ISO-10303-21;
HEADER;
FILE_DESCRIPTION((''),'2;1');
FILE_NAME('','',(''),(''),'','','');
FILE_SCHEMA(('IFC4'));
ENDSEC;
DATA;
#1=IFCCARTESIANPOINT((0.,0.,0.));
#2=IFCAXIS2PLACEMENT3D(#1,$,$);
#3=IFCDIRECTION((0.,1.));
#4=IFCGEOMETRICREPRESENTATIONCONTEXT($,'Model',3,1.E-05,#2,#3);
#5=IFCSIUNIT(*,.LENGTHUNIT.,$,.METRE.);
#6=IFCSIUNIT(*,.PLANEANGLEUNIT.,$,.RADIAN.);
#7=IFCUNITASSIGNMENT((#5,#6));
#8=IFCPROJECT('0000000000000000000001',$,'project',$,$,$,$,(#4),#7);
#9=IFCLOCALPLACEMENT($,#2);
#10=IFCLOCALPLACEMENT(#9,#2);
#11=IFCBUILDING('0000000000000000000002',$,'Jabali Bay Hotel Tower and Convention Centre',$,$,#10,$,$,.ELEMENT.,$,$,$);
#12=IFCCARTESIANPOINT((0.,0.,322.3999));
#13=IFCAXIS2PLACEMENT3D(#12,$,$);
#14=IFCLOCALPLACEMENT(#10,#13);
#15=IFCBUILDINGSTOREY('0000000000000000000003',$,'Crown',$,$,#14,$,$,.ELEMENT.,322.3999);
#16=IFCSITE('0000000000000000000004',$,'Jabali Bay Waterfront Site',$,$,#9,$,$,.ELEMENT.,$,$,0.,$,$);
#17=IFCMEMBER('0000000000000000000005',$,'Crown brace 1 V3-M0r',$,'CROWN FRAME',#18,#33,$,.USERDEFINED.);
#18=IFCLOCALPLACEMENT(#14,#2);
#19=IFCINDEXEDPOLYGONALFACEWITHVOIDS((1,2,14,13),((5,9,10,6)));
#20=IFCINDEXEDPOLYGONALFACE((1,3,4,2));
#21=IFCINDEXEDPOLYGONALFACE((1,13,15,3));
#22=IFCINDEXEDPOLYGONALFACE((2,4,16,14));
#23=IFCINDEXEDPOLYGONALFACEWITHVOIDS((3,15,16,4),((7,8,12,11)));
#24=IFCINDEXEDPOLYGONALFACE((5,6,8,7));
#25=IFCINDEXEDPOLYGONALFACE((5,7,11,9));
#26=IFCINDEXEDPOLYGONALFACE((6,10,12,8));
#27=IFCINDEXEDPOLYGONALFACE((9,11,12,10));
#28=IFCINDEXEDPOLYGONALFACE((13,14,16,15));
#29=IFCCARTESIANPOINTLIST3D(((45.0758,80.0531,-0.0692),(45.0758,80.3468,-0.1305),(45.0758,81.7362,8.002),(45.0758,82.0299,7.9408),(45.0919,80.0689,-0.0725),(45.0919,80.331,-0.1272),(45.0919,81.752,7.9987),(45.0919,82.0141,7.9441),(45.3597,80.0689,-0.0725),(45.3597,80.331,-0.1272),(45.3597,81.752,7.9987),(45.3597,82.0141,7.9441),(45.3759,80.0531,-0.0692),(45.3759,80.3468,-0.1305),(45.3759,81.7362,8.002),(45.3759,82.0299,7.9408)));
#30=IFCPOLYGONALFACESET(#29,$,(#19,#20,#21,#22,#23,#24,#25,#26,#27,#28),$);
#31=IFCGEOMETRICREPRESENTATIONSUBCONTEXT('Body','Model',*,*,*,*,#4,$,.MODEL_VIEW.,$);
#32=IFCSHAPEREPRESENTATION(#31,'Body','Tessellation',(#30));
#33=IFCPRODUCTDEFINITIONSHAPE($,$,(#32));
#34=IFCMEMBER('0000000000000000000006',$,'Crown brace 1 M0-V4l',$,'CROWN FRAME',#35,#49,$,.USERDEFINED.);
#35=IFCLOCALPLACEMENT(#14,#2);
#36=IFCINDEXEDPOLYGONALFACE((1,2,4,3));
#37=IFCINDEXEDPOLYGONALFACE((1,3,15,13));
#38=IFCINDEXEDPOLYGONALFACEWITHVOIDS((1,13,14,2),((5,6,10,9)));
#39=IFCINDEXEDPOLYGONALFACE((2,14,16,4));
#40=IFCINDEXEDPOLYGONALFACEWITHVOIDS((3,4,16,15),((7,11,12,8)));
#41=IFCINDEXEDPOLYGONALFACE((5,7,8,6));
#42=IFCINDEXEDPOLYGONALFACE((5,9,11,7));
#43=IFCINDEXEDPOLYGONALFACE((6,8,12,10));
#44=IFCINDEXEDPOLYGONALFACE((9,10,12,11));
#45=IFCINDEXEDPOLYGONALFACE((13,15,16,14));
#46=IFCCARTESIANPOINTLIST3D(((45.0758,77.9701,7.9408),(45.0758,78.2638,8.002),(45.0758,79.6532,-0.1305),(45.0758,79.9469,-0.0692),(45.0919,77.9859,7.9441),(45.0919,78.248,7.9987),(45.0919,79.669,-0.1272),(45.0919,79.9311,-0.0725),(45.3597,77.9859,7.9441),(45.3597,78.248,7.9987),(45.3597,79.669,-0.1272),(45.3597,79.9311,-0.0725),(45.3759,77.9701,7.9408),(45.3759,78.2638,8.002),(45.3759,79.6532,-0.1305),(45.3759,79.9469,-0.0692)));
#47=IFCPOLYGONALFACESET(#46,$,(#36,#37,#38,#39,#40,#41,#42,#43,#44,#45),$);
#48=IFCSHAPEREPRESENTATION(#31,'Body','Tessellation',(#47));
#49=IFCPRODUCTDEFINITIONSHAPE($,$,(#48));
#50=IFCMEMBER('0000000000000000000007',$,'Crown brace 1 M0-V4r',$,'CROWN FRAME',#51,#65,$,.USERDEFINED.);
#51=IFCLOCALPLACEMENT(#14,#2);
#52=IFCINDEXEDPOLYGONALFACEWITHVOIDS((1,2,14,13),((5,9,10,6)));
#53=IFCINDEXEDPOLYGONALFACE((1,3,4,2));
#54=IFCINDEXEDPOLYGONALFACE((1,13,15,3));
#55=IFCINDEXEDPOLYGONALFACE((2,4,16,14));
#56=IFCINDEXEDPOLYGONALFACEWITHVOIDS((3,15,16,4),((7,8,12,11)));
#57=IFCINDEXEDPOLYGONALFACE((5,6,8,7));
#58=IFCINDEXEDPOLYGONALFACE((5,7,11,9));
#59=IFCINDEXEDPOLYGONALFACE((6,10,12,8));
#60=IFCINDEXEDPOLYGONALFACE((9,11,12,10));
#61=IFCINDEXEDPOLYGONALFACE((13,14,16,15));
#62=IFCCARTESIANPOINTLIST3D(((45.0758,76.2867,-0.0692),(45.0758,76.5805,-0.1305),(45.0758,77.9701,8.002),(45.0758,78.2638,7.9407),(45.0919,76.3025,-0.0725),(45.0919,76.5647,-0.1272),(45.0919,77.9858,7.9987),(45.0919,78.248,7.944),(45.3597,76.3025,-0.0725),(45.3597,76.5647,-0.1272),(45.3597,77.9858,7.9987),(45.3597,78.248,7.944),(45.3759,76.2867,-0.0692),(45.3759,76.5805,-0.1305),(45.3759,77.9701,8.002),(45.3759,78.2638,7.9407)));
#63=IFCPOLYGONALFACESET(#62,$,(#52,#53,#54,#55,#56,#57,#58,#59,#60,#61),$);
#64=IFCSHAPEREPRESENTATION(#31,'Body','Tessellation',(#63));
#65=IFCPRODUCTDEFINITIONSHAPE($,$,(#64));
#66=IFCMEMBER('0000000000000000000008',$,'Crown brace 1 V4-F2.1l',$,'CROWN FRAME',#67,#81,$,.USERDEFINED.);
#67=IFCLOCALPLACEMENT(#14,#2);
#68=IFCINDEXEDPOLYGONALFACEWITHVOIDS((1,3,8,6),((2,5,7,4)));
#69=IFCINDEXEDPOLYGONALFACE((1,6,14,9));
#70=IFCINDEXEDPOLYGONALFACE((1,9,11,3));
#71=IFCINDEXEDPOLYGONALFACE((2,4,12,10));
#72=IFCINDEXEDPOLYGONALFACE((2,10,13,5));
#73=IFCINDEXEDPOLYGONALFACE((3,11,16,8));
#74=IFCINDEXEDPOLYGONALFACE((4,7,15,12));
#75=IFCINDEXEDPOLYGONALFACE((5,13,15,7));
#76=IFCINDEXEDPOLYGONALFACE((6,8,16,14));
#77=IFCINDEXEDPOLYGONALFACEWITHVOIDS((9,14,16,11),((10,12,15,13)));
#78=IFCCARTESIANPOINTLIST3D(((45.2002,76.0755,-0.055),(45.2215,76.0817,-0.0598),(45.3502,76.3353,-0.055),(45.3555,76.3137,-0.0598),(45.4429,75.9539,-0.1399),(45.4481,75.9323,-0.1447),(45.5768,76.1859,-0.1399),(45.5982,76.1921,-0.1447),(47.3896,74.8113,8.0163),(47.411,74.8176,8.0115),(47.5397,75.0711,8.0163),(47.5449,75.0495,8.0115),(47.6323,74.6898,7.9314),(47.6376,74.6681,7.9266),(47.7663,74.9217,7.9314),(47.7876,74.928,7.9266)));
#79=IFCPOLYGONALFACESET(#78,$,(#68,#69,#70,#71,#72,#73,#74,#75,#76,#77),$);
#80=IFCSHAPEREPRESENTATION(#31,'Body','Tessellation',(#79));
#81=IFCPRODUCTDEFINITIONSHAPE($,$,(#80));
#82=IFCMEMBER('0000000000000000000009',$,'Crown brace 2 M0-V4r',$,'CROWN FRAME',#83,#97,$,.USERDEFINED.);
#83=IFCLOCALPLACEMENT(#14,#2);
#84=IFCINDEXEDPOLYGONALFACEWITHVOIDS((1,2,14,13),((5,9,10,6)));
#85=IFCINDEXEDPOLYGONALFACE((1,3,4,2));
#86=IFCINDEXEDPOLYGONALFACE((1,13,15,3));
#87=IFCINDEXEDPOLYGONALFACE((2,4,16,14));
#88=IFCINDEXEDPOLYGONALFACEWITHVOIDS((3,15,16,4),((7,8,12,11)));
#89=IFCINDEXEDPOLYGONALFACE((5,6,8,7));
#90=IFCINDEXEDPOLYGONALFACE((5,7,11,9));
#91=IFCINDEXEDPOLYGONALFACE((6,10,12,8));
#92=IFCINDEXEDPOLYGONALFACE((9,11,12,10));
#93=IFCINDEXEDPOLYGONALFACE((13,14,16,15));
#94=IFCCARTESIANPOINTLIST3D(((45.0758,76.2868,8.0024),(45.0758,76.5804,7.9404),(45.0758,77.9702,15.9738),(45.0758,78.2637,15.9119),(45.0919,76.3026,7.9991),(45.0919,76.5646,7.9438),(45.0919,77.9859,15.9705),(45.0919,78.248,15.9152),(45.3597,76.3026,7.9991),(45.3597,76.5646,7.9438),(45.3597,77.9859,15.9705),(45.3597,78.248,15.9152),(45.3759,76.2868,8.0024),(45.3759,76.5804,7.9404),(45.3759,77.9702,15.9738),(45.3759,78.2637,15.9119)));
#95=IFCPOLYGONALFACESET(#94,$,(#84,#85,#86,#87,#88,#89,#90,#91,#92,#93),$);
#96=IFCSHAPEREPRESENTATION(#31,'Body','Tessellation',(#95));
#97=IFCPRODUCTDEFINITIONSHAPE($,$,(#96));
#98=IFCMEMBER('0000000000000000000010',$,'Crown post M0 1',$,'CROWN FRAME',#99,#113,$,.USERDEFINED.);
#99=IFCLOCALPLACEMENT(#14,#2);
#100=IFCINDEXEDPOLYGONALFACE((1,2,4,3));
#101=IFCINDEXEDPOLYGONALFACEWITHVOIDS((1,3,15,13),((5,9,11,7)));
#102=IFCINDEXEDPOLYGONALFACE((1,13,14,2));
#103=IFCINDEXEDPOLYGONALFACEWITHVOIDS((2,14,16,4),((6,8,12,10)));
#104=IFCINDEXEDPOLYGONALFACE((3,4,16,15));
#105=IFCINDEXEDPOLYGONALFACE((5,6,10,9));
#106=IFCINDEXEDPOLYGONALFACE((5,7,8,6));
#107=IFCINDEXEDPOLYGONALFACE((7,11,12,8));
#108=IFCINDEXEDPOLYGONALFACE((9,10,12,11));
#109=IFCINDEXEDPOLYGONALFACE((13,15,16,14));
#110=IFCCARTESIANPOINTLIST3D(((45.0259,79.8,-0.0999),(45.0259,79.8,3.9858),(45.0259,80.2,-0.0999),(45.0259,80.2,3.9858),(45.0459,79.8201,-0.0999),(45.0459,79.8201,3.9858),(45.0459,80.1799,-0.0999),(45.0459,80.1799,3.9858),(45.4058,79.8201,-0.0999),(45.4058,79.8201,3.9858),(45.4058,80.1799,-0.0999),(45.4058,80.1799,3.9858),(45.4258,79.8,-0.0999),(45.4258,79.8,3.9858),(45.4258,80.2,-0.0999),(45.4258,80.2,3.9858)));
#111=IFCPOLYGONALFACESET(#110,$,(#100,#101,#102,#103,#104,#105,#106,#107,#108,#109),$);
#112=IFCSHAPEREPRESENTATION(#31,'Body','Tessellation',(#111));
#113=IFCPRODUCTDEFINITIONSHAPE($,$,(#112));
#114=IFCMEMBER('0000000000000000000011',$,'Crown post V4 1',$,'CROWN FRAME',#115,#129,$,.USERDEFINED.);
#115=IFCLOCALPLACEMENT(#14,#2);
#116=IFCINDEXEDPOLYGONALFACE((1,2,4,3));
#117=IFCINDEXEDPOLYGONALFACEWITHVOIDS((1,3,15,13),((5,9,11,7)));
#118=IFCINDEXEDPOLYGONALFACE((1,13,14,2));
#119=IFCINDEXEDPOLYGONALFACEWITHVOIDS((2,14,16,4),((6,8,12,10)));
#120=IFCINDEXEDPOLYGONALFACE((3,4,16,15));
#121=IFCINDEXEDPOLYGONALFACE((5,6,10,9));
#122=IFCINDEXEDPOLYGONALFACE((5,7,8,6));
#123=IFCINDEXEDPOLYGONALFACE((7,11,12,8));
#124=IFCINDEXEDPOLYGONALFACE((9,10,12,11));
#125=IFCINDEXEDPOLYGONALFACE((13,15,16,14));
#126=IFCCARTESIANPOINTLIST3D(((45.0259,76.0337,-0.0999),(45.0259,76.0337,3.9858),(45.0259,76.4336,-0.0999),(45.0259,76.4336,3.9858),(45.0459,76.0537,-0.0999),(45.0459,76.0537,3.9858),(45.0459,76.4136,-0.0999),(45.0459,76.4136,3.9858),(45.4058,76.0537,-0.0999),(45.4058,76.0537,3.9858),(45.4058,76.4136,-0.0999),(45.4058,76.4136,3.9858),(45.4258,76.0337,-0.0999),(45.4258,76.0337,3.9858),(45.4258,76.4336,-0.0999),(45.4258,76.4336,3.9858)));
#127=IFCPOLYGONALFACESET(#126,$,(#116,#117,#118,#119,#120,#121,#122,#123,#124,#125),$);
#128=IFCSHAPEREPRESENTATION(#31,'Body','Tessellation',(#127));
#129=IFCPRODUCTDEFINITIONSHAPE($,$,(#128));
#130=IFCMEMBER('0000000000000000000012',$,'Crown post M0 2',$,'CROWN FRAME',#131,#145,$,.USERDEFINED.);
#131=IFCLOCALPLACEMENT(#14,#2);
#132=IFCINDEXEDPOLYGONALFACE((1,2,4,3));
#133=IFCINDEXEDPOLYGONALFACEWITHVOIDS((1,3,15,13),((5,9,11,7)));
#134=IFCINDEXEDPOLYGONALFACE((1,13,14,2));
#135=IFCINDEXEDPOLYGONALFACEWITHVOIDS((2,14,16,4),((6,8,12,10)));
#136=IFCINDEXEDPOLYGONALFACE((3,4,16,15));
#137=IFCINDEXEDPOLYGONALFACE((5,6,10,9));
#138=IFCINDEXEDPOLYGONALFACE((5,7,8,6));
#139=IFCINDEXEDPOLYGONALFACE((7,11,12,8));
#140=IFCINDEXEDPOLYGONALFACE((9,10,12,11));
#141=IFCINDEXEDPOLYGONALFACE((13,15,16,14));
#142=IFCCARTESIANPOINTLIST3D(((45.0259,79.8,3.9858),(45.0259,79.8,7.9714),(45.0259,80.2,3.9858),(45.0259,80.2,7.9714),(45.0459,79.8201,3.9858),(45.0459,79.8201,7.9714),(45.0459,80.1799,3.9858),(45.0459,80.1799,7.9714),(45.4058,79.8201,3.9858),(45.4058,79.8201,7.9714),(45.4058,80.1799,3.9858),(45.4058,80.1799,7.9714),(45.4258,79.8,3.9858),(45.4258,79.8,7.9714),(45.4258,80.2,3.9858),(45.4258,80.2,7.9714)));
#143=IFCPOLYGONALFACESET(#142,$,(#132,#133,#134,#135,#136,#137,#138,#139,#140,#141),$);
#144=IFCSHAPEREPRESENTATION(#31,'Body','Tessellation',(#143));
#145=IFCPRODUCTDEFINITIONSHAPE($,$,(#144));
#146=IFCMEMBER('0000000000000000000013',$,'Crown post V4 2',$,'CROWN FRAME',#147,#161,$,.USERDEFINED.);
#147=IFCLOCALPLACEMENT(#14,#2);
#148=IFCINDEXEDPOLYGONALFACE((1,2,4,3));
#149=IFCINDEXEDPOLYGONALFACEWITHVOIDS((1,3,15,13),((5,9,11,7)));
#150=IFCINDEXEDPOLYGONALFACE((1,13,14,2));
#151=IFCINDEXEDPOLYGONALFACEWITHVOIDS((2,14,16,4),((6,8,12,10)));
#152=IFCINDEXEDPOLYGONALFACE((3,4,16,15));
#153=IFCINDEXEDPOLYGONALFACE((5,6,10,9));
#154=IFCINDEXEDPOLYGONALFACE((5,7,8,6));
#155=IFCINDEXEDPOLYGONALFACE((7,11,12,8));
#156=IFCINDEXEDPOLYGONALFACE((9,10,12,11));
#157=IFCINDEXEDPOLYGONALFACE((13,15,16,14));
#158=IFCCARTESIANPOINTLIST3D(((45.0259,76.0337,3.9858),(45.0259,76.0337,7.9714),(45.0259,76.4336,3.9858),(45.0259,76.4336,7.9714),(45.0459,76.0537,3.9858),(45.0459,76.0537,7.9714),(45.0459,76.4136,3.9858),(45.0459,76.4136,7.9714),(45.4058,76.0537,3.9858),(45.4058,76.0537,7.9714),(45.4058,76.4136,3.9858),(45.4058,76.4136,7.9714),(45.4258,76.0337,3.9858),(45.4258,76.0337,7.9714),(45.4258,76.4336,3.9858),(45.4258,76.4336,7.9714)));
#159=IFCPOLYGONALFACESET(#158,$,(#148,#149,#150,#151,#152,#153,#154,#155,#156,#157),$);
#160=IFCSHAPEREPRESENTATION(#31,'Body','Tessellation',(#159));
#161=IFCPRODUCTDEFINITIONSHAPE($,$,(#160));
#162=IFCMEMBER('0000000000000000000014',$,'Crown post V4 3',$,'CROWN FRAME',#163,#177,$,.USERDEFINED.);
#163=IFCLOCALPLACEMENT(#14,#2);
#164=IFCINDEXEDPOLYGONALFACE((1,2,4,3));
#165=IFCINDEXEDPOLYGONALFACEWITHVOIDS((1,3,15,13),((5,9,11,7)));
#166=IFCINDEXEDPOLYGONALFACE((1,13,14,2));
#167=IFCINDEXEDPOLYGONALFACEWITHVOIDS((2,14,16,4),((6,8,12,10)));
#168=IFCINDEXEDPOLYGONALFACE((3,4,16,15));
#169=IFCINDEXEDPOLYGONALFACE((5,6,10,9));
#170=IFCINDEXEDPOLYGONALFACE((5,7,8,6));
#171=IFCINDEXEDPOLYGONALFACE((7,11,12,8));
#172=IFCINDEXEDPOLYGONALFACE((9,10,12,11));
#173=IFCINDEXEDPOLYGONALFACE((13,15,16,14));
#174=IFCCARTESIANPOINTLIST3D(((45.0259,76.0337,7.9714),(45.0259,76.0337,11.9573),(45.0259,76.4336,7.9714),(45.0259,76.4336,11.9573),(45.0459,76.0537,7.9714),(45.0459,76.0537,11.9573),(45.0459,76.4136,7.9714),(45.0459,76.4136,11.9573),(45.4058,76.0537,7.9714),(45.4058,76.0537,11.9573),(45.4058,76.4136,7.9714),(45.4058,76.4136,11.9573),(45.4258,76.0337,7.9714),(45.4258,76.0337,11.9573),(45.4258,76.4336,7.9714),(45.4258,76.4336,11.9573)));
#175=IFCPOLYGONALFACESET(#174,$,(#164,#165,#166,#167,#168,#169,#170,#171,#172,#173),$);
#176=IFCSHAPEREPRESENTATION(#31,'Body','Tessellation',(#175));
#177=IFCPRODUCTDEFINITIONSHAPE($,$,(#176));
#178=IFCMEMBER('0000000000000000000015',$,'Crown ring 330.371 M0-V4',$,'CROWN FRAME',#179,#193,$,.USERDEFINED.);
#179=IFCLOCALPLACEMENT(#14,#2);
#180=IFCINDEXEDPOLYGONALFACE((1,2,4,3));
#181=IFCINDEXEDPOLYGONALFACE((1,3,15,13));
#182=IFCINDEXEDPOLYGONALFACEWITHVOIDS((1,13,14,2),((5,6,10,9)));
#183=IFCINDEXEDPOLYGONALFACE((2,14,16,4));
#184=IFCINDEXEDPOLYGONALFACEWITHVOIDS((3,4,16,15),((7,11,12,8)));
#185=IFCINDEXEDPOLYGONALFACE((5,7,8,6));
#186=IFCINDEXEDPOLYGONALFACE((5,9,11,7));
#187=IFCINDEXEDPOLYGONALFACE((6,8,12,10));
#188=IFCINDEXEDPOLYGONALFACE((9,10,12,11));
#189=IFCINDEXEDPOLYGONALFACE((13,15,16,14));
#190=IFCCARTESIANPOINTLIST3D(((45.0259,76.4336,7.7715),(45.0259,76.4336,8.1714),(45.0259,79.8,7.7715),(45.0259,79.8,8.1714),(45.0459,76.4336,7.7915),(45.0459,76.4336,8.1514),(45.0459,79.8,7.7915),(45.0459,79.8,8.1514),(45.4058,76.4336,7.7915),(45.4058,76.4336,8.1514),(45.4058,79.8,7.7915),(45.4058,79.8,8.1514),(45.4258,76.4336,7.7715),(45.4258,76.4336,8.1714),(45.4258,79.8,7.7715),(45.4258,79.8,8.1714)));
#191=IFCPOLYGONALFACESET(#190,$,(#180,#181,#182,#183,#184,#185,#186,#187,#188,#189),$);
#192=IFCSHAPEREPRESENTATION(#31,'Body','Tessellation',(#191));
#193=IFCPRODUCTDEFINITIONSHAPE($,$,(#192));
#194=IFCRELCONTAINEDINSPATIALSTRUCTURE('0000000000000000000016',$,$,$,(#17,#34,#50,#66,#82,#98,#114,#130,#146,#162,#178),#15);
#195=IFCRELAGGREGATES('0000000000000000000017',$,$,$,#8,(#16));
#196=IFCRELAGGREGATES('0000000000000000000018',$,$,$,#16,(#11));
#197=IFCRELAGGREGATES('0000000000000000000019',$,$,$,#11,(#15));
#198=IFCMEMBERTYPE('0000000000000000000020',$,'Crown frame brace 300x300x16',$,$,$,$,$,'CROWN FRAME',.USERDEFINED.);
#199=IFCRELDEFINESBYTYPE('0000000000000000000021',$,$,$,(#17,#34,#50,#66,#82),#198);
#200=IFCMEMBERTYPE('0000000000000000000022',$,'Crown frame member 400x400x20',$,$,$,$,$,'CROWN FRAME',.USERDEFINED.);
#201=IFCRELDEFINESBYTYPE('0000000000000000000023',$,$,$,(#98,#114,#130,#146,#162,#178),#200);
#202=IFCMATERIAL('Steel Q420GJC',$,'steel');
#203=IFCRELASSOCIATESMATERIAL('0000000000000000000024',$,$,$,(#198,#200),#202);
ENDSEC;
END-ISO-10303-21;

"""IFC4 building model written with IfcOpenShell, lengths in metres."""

from ifc_helpers import new_model, si_unit, direction, frame, origin, origin_2d, place, context, subcontext, project, spatial, hollow_rectangle, extrude, material, material_profile, profile_set, type_object, element, save


model = new_model("IFC4")

# Units and contexts
model_context = context("Model", 3, precision=1e-05, world=origin(), true_north=direction((0.0, 1.0)))
body_context = subcontext(model_context, "Body", "Model", "MODEL_VIEW")
ifc_project = project(units=[si_unit("LENGTHUNIT", "METRE"), si_unit("PLANEANGLEUNIT", "RADIAN")], contexts=[model_context])

# Site, building, storey
site_placement = place(None, origin())
site = spatial("IfcSite", under=ifc_project, at=site_placement, Name="Jabali Bay Waterfront Site", CompositionType="ELEMENT", RefElevation=0.0)
building_placement = place(site_placement, origin())
building = spatial("IfcBuilding", under=site, at=building_placement, Name="Jabali Bay Hotel Tower and Convention Centre", CompositionType="ELEMENT")
storey_placement = place(building_placement, frame((0.0, 0.0, 322.3999)))
storey = spatial("IfcBuildingStorey", under=building, at=storey_placement, Name="Crown", CompositionType="ELEMENT", Elevation=322.3999)

# Members
ifc_material_1 = material(Name="Steel Q420GJC", Category="steel")
ifc_material_profile_1 = material_profile(ifc_material_1, hollow_rectangle(XDim=0.3, YDim=0.3, WallThickness=0.0161, at=origin_2d()), Name="Crown frame brace 300x300x16")
ifc_profile_set_1 = profile_set([ifc_material_profile_1], Name="Steel Q420GJC")
member_type_1 = type_object("IfcMemberType", Name="Crown frame brace 300x300x16", ElementType="CROWN FRAME", PredefinedType="USERDEFINED", material=ifc_profile_set_1)
for number, where, z_axis, x_axis, name in (
    (1, (45.2258, 80.2, -0.0999), (0.0, 0.204139, 0.978942), (-1.0, 0.0, 0.0), "Crown brace 1 V3-M0r"),
    (2, (45.2258, 79.8, -0.0999), (0.0, -0.204139, 0.978942), (1.0, 0.0, 0.0), "Crown brace 1 M0-V4l"),
    (3, (45.2258, 76.4336, -0.0999), (0.0, 0.204167, 0.978936), (-1.0, 0.0, 0.0), "Crown brace 1 M0-V4r"),
):
    element("IfcMember", number, at=place(storey_placement, frame(where, z_axis=z_axis, x_axis=x_axis)), inside=storey, type_object=member_type_1, Name=name, ObjectType="CROWN FRAME", PredefinedType="USERDEFINED", context=body_context, shape_type="SweptSolid", body=[
        extrude(hollow_rectangle(XDim=0.3, YDim=0.3, WallThickness=0.0161, at=origin_2d()), origin(), (0.0, 0.0, 1.0), 8.2449),
    ])
member_1_placement = place(storey_placement, frame((45.3992, 76.1338, -0.0999), z_axis=(0.258862, -0.149464, 0.95428), x_axis=(0.500023, 0.866012, 0.0)))
element("IfcMember", 4, at=member_1_placement, inside=storey, type_object=member_type_1, Name="Crown brace 1 V4-F2.1l", ObjectType="CROWN FRAME", PredefinedType="USERDEFINED", context=body_context, shape_type="SweptSolid", body=[
    extrude(hollow_rectangle(XDim=0.3, YDim=0.3, WallThickness=0.0161, at=origin_2d()), origin(), (0.0, 0.0, 1.0), 8.458),
])
member_2_placement = place(storey_placement, frame((45.2258, 76.4336, 7.9714), z_axis=(0.0, 0.206616, 0.978422), x_axis=(-1.0, 0.0, 0.0)))
element("IfcMember", 5, at=member_2_placement, inside=storey, type_object=member_type_1, Name="Crown brace 2 M0-V4r", ObjectType="CROWN FRAME", PredefinedType="USERDEFINED", context=body_context, shape_type="SweptSolid", body=[
    extrude(hollow_rectangle(XDim=0.3, YDim=0.3, WallThickness=0.0161, at=origin_2d()), origin(), (0.0, 0.0, 1.0), 8.1472),
])
ifc_material_profile_2 = material_profile(ifc_material_1, hollow_rectangle(XDim=0.3999, YDim=0.3999, WallThickness=0.02, at=origin_2d()), Name="Crown frame member 400x400x20")
ifc_profile_set_2 = profile_set([ifc_material_profile_2], Name="Steel Q420GJC")
member_type_2 = type_object("IfcMemberType", Name="Crown frame member 400x400x20", ElementType="CROWN FRAME", PredefinedType="USERDEFINED", material=ifc_profile_set_2)
for number, where, z_axis, x_axis, name in (
    (6, (45.2258, 80.0, -0.0999), (0.0, 0.0, 1.0), (1.0, 0.0, 0.0), "Crown post M0 1"),
    (7, (45.2258, 76.2336, -0.0999), (0.0, 0.0, 1.0), (1.0, 0.0, 0.0), "Crown post V4 1"),
):
    element("IfcMember", number, at=place(storey_placement, frame(where, z_axis=z_axis, x_axis=x_axis)), inside=storey, type_object=member_type_2, Name=name, ObjectType="CROWN FRAME", PredefinedType="USERDEFINED", context=body_context, shape_type="SweptSolid", body=[
        extrude(hollow_rectangle(XDim=0.3999, YDim=0.3999, WallThickness=0.02, at=origin_2d()), origin(), (0.0, 0.0, 1.0), 4.0857),
    ])
for number, where, z_axis, x_axis, name in (
    (8, (45.2258, 80.0, 3.9858), (0.0, 0.0, 1.0), (1.0, 0.0, 0.0), "Crown post M0 2"),
    (9, (45.2258, 76.2336, 3.9858), (0.0, 0.0, 1.0), (1.0, 0.0, 0.0), "Crown post V4 2"),
):
    element("IfcMember", number, at=place(storey_placement, frame(where, z_axis=z_axis, x_axis=x_axis)), inside=storey, type_object=member_type_2, Name=name, ObjectType="CROWN FRAME", PredefinedType="USERDEFINED", context=body_context, shape_type="SweptSolid", body=[
        extrude(hollow_rectangle(XDim=0.3999, YDim=0.3999, WallThickness=0.02, at=origin_2d()), origin(), (0.0, 0.0, 1.0), 3.9856),
    ])
member_3_placement = place(storey_placement, frame((45.2258, 76.2336, 7.9714), z_axis=(0.0, 0.0, 1.0), x_axis=(1.0, 0.0, 0.0)))
element("IfcMember", 10, at=member_3_placement, inside=storey, type_object=member_type_2, Name="Crown post V4 3", ObjectType="CROWN FRAME", PredefinedType="USERDEFINED", context=body_context, shape_type="SweptSolid", body=[
    extrude(hollow_rectangle(XDim=0.3999, YDim=0.3999, WallThickness=0.02, at=origin_2d()), origin(), (0.0, 0.0, 1.0), 3.9858),
])
member_4_placement = place(storey_placement, frame((45.2258, 79.8, 7.9714), z_axis=(0.0, -1.0, 0.0), x_axis=(1.0, 0.0, 0.0)))
element("IfcMember", 11, at=member_4_placement, inside=storey, type_object=member_type_2, Name="Crown ring 330.371 M0-V4", ObjectType="CROWN FRAME", PredefinedType="USERDEFINED", context=body_context, shape_type="SweptSolid", body=[
    extrude(hollow_rectangle(XDim=0.3999, YDim=0.3999, WallThickness=0.02, at=origin_2d()), origin(), (0.0, 0.0, 1.0), 3.3665),
])

save(model, "model.ifc")
